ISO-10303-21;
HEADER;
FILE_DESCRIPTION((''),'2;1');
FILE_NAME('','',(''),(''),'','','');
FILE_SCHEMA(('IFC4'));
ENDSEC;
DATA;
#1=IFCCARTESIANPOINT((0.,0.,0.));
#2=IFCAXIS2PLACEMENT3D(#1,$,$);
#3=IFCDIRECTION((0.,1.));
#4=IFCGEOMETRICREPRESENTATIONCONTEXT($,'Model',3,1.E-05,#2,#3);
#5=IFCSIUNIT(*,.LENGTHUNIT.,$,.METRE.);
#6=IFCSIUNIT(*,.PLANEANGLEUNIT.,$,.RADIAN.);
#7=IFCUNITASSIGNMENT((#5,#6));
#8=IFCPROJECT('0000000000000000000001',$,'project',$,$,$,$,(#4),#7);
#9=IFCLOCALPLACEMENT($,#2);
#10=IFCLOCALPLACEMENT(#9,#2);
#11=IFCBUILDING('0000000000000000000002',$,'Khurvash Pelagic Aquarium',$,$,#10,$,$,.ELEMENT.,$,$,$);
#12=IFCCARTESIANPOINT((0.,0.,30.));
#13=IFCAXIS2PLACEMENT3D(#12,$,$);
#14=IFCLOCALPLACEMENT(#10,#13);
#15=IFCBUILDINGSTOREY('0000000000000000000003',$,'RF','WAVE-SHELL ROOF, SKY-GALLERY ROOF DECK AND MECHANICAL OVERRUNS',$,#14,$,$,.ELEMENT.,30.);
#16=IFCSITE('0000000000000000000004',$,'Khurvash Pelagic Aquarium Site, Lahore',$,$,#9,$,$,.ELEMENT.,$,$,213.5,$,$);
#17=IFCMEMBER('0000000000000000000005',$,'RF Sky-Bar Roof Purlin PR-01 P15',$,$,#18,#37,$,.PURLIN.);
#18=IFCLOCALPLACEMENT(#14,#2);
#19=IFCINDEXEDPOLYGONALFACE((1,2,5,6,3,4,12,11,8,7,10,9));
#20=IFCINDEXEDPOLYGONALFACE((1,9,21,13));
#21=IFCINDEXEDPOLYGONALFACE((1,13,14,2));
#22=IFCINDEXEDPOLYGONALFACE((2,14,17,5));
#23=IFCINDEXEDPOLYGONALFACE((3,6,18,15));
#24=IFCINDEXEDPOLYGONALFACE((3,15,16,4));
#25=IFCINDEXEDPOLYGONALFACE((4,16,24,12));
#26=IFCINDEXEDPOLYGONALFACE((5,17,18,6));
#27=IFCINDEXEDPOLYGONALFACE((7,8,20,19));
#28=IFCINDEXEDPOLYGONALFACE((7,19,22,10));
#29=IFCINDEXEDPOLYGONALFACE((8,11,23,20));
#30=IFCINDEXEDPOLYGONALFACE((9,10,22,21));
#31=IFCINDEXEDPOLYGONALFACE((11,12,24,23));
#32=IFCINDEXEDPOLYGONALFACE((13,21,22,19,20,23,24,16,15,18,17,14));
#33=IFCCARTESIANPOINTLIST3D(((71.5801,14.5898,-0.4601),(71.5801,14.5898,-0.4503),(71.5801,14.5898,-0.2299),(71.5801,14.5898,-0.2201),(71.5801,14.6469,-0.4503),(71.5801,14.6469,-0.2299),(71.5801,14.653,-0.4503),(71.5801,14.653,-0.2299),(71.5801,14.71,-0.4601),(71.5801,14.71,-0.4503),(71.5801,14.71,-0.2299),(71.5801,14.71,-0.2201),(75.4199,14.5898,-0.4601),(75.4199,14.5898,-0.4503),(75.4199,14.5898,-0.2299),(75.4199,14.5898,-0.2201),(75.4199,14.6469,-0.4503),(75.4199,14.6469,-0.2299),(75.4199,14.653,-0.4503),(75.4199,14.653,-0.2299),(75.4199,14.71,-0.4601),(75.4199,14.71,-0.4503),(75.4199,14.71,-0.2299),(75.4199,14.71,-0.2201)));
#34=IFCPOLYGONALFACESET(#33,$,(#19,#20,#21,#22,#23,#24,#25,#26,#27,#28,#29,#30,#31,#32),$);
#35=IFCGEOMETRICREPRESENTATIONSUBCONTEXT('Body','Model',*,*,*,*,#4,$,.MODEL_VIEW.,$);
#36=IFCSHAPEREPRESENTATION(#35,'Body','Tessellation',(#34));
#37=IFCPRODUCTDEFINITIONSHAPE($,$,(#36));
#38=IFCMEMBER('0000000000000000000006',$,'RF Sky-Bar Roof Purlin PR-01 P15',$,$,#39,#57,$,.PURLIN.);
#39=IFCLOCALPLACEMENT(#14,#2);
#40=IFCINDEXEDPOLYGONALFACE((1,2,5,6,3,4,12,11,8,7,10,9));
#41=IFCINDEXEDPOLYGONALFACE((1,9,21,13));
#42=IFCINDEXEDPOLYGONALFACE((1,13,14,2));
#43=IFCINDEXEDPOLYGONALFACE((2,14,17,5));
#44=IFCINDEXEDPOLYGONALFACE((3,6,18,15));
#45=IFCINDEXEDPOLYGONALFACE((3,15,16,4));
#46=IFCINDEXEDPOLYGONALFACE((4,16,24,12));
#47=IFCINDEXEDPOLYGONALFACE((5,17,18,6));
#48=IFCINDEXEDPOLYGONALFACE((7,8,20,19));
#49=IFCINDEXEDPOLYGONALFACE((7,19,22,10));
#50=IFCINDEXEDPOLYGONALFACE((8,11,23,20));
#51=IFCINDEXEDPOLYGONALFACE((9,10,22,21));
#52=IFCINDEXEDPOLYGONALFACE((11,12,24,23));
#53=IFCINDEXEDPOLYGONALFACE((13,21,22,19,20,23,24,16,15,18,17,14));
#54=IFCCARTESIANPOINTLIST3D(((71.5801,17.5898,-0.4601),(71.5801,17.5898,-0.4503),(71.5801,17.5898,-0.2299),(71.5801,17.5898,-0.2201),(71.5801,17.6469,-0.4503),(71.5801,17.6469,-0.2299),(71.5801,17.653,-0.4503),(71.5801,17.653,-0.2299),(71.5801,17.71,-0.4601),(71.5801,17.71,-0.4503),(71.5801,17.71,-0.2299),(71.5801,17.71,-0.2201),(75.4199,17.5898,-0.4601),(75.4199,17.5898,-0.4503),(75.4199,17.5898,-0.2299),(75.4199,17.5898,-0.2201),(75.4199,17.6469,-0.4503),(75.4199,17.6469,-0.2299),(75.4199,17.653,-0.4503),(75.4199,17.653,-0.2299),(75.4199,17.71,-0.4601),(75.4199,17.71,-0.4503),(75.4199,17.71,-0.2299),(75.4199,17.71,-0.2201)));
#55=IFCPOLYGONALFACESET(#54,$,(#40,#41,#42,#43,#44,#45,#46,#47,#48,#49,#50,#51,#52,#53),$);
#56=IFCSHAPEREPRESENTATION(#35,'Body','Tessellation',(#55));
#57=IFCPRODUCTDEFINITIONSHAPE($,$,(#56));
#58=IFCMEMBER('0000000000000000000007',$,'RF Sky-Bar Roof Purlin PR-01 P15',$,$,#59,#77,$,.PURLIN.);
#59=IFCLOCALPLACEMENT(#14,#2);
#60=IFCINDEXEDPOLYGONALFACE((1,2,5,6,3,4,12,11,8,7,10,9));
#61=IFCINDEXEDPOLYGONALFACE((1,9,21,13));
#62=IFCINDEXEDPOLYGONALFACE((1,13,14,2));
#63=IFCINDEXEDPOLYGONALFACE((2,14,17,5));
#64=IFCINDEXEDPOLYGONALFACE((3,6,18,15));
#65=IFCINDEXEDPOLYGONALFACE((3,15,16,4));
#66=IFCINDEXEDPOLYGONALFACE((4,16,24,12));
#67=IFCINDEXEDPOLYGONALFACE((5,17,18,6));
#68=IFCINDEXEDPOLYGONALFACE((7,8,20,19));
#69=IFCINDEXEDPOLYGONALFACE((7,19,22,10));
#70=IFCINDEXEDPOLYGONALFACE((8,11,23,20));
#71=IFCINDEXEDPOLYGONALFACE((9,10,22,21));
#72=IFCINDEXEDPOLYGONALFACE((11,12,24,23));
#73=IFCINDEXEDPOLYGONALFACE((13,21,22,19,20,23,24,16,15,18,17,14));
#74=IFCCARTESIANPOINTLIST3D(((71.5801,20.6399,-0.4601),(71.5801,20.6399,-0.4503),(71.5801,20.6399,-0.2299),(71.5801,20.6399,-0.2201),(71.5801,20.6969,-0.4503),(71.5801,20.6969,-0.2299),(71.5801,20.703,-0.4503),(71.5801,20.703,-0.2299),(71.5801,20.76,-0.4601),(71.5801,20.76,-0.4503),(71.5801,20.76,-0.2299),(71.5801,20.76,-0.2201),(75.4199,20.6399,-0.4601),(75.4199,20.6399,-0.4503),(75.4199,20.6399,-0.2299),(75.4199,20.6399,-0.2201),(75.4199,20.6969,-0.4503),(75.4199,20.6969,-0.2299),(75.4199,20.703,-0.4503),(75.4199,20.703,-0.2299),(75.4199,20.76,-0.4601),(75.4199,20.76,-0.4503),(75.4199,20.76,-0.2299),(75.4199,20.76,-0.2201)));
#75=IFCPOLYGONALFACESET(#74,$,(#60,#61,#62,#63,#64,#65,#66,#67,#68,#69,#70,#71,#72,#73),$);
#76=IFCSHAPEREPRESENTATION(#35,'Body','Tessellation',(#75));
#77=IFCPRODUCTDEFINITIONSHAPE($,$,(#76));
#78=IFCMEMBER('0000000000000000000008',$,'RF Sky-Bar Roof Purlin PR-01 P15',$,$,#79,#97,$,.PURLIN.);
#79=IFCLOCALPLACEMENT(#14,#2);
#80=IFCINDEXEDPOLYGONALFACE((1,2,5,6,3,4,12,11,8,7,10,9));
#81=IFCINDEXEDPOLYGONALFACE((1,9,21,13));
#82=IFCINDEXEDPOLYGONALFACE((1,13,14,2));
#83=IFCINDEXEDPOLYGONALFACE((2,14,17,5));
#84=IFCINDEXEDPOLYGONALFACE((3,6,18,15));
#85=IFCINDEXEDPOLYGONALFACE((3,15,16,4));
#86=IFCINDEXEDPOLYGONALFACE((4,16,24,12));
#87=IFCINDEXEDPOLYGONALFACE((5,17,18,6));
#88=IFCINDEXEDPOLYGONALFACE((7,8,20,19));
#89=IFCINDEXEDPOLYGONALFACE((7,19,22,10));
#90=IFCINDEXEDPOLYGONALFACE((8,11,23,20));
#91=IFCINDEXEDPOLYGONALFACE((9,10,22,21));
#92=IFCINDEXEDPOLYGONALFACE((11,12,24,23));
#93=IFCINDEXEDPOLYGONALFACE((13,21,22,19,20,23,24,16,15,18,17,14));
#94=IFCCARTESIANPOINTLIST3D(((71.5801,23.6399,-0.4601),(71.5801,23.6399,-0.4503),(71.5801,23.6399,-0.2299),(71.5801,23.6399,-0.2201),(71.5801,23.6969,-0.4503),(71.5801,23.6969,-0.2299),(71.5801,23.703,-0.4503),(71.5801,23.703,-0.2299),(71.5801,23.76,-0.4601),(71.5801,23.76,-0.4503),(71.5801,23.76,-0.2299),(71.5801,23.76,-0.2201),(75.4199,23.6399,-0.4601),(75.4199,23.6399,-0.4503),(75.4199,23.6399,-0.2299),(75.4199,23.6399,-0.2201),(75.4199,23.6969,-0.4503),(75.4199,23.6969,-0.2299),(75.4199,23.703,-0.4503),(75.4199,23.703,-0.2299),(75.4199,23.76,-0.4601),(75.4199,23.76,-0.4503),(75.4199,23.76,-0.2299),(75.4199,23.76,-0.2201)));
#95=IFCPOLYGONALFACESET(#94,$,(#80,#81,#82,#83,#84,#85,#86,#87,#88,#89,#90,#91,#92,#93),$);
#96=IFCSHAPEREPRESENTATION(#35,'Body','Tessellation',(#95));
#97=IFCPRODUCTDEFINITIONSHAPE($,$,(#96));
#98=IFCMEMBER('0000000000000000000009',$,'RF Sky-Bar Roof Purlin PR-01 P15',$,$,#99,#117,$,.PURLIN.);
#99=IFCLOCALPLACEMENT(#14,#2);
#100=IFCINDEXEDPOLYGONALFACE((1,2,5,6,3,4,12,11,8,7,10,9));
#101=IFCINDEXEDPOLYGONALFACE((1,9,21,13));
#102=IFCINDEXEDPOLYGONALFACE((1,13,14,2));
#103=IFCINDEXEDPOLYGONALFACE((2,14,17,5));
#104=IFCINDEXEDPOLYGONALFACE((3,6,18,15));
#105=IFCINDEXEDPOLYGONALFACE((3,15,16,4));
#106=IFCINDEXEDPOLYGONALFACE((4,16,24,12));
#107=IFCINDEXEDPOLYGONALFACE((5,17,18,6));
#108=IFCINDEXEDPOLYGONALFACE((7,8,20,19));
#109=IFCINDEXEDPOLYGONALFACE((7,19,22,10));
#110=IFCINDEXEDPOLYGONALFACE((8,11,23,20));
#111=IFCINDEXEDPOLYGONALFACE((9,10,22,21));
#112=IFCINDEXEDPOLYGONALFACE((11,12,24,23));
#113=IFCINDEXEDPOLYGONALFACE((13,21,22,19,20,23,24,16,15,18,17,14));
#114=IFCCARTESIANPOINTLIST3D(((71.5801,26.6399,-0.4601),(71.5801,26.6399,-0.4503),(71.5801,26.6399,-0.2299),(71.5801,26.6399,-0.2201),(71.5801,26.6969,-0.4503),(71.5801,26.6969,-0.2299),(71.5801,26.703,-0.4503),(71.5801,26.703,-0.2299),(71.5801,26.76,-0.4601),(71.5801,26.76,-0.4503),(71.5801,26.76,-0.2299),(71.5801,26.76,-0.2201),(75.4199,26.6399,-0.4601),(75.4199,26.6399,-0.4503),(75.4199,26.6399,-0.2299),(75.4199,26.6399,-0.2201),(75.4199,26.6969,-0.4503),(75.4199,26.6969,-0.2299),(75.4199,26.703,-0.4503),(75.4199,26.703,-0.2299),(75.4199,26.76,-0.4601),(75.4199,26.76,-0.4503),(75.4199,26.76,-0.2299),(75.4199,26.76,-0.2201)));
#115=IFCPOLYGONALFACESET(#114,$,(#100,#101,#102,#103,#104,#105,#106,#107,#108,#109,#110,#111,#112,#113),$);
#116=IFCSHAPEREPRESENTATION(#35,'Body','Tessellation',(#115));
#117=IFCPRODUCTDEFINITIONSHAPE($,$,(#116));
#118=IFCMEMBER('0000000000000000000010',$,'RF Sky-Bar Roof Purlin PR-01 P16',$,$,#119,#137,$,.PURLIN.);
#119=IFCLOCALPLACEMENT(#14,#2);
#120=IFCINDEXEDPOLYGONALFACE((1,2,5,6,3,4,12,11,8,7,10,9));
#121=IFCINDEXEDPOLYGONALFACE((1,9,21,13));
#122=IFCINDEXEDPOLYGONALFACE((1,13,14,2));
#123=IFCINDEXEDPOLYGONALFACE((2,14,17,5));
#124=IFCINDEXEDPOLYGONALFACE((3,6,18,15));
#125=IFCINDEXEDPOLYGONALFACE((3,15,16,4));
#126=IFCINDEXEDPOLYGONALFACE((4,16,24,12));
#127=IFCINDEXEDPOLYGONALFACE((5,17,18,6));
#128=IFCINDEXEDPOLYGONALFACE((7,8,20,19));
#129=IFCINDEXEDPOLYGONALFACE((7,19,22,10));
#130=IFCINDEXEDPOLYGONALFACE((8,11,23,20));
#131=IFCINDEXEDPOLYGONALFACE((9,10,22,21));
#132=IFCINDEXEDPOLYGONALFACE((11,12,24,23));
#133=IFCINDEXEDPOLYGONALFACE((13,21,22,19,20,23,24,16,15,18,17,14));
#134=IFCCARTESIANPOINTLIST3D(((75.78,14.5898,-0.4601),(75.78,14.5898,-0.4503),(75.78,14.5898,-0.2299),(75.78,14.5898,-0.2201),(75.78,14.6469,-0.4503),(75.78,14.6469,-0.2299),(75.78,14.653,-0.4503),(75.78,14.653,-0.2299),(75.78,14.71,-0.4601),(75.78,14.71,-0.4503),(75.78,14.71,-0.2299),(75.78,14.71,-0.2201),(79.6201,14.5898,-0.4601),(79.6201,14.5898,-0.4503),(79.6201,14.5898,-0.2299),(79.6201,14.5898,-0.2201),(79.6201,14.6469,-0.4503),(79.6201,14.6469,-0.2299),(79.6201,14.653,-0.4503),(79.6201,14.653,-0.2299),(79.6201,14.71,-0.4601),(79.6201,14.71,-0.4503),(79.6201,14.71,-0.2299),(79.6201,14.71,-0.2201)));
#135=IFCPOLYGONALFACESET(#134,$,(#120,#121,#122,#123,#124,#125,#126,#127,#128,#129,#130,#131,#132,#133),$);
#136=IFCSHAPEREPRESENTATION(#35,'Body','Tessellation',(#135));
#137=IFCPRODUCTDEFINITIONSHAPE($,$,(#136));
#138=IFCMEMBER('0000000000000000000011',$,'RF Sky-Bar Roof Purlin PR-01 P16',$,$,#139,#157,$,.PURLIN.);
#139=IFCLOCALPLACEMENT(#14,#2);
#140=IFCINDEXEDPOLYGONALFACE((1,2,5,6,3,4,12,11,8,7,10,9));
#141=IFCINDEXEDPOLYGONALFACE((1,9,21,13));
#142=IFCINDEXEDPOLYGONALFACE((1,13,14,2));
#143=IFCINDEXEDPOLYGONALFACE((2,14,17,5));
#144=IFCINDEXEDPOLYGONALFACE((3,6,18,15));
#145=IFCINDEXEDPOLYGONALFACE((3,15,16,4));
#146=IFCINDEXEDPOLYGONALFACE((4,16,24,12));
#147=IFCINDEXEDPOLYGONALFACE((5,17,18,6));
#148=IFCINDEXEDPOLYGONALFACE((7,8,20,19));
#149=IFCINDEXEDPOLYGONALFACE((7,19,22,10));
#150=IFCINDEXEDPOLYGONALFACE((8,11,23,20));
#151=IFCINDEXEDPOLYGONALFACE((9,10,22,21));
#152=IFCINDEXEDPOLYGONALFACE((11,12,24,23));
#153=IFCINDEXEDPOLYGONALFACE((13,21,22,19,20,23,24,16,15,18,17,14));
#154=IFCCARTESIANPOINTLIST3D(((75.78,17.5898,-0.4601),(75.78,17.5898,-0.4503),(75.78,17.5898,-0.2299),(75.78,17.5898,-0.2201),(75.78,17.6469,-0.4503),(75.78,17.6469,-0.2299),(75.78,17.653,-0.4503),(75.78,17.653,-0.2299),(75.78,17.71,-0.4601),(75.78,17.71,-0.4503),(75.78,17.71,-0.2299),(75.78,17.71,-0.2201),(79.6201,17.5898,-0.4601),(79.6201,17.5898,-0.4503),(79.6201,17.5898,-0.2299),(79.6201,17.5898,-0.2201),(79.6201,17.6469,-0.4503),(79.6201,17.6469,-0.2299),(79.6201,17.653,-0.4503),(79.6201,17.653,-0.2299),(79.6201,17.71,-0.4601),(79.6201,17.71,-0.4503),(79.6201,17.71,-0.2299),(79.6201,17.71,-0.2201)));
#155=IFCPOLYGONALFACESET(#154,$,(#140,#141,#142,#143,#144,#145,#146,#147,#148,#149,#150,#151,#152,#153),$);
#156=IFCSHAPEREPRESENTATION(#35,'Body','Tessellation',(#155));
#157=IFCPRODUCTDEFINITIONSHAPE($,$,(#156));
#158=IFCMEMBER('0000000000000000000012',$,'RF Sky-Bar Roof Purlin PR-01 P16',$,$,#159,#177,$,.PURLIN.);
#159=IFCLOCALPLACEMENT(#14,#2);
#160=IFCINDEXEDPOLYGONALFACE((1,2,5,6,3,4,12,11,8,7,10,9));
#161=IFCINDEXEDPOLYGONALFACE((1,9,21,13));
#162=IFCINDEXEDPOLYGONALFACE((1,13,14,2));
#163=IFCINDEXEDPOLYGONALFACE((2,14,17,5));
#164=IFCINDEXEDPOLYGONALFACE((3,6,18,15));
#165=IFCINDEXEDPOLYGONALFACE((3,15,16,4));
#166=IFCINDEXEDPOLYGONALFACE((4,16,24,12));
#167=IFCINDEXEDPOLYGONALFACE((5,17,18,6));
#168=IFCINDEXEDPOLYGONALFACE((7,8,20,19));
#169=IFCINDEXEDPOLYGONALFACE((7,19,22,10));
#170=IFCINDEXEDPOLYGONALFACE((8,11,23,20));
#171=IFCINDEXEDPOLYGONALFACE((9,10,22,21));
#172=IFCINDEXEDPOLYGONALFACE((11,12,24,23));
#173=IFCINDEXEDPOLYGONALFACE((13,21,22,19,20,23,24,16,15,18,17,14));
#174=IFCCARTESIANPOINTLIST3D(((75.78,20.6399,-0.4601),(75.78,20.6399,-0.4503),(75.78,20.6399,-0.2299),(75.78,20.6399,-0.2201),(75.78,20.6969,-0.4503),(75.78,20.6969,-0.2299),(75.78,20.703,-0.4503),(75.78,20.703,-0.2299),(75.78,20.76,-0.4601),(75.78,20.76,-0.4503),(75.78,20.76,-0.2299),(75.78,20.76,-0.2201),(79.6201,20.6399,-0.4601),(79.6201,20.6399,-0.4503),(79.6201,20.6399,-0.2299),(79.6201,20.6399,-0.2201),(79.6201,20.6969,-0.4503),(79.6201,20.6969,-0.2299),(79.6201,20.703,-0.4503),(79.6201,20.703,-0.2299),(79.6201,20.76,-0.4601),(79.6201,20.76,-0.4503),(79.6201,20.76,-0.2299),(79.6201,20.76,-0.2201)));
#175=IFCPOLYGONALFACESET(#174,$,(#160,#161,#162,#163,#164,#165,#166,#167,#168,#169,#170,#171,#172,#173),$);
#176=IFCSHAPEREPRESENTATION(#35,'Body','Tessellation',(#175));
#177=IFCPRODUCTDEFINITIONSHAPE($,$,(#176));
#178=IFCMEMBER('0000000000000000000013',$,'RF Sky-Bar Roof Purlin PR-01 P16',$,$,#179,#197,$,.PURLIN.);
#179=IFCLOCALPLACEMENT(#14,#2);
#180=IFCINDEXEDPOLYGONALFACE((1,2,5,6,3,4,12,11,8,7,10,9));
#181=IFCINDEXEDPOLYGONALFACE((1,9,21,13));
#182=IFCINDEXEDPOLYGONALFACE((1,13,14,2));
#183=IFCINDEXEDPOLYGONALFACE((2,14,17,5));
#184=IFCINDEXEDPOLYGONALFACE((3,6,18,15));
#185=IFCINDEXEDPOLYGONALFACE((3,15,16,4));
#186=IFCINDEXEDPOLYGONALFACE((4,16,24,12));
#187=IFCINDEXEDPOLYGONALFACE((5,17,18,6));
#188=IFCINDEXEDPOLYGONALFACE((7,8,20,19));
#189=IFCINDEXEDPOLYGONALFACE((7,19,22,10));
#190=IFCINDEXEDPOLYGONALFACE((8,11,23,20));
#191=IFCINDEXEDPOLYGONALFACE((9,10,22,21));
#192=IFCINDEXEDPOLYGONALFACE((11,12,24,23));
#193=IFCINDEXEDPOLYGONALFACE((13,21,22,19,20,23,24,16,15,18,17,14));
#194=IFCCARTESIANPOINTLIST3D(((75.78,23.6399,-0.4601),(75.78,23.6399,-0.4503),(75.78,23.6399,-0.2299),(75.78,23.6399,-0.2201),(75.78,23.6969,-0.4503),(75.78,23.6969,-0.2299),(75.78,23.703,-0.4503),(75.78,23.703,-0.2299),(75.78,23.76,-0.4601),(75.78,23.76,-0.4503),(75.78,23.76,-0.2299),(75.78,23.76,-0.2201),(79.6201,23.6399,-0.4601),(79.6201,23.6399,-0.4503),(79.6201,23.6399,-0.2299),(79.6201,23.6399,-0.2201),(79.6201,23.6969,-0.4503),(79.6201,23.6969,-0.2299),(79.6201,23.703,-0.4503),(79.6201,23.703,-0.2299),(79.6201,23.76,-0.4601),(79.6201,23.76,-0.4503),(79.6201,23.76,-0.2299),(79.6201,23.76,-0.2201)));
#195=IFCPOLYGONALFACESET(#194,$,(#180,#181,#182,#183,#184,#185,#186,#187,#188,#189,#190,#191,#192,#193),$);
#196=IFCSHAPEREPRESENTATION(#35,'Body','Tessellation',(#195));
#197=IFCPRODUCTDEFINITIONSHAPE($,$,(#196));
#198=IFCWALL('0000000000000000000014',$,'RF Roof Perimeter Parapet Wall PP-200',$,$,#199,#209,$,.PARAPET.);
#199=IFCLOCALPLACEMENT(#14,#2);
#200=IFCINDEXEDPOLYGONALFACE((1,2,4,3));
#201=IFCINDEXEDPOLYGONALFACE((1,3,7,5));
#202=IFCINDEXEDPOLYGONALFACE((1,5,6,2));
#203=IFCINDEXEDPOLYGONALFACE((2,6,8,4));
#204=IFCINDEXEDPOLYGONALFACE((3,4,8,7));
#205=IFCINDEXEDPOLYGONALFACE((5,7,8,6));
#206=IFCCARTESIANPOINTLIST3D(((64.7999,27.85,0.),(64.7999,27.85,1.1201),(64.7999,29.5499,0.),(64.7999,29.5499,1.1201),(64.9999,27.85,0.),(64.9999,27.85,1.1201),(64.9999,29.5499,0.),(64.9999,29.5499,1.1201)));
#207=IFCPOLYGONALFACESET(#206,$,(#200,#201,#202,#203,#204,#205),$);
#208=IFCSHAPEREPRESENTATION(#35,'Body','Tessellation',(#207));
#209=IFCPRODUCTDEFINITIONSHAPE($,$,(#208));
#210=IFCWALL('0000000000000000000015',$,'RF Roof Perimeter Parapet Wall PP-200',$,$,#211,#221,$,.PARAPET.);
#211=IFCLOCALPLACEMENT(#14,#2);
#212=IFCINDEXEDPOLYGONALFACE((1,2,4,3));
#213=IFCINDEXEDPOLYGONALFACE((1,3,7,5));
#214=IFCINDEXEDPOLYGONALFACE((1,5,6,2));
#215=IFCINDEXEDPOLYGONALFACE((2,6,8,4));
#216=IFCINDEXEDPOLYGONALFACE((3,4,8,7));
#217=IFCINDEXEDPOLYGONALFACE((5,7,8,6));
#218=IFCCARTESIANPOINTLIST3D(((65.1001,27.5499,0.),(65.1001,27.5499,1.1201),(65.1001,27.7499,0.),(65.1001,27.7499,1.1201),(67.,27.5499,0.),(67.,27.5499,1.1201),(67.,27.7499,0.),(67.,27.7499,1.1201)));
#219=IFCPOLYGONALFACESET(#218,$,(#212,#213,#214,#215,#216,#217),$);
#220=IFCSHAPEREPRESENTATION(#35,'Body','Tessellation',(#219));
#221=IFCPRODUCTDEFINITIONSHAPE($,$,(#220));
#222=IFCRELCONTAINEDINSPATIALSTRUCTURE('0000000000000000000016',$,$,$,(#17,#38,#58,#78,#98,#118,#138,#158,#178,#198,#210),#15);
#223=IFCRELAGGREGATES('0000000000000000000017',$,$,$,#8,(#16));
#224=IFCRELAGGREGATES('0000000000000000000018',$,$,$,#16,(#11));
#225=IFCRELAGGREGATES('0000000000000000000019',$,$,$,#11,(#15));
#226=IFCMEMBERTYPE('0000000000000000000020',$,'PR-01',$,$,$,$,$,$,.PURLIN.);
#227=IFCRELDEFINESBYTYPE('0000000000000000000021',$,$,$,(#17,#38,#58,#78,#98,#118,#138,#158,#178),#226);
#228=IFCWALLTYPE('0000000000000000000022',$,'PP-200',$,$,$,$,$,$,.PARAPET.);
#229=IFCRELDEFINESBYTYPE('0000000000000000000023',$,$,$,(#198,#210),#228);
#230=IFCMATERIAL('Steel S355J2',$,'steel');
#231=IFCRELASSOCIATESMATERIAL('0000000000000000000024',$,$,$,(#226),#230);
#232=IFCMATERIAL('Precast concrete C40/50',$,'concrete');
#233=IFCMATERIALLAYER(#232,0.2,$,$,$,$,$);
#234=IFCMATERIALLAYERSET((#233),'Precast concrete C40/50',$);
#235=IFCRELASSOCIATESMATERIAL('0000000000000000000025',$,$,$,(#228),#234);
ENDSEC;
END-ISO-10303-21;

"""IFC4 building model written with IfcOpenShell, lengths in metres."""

from ifc_helpers import new_model, si_unit, direction, frame, frame_2d, origin, origin_2d, place, context, subcontext, project, spatial, rectangle, i_section, extrude, material, layer, layer_set, material_profile, profile_set, type_object, element, save


model = new_model("IFC4")

# Units and contexts
model_context = context("Model", 3, precision=1e-05, world=origin(), true_north=direction((0.0, 1.0)))
body_context = subcontext(model_context, "Body", "Model", "MODEL_VIEW")
ifc_project = project(units=[si_unit("LENGTHUNIT", "METRE"), si_unit("PLANEANGLEUNIT", "RADIAN")], contexts=[model_context])

# Site, building, storey
site_placement = place(None, origin())
site = spatial("IfcSite", under=ifc_project, at=site_placement, Name="Khurvash Pelagic Aquarium Site, Lahore", CompositionType="ELEMENT", RefElevation=213.5)
building_placement = place(site_placement, origin())
building = spatial("IfcBuilding", under=site, at=building_placement, Name="Khurvash Pelagic Aquarium", CompositionType="ELEMENT")
storey_placement = place(building_placement, frame((0.0, 0.0, 30.0)))
storey = spatial("IfcBuildingStorey", under=building, at=storey_placement, Name="RF", Description="WAVE-SHELL ROOF, SKY-GALLERY ROOF DECK AND MECHANICAL OVERRUNS", CompositionType="ELEMENT", Elevation=30.0)

# Members
ifc_material_1 = material(Name="Steel S355J2", Category="steel")
ifc_material_profile_1 = material_profile(ifc_material_1, i_section(OverallWidth=0.1201, OverallDepth=0.24, WebThickness=0.0061, FlangeThickness=0.0098, at=origin_2d()), Name="IPE240")
ifc_profile_set_1 = profile_set([ifc_material_profile_1], Name="Steel S355J2")
member_type = type_object("IfcMemberType", Name="PR-01", PredefinedType="PURLIN", material=ifc_profile_set_1)
for number, where, z_axis, x_axis, name in (
    (1, (71.5801, 14.6499, -0.3401), (1.0, 0.0, 0.0), (0.0, 1.0, 0.0), "RF Sky-Bar Roof Purlin PR-01 P15"),
    (2, (71.5801, 17.6499, -0.3401), (1.0, 0.0, 0.0), (0.0, 1.0, 0.0), "RF Sky-Bar Roof Purlin PR-01 P15"),
    (3, (71.5801, 20.7, -0.3401), (1.0, 0.0, 0.0), (0.0, 1.0, 0.0), "RF Sky-Bar Roof Purlin PR-01 P15"),
    (4, (71.5801, 23.7, -0.3401), (1.0, 0.0, 0.0), (0.0, 1.0, 0.0), "RF Sky-Bar Roof Purlin PR-01 P15"),
    (5, (71.5801, 26.7, -0.3401), (1.0, 0.0, 0.0), (0.0, 1.0, 0.0), "RF Sky-Bar Roof Purlin PR-01 P15"),
):
    element("IfcMember", number, at=place(storey_placement, frame(where, z_axis=z_axis, x_axis=x_axis)), inside=storey, type_object=member_type, Name=name, PredefinedType="PURLIN", context=body_context, shape_type="SweptSolid", body=[
        extrude(i_section(OverallWidth=0.1201, OverallDepth=0.24, WebThickness=0.0061, FlangeThickness=0.0098, at=origin_2d()), origin(), (0.0, 0.0, 1.0), 3.8398),
    ])
for number, where, z_axis, x_axis, name in (
    (6, (75.78, 14.6499, -0.3401), (1.0, 0.0, 0.0), (0.0, 1.0, 0.0), "RF Sky-Bar Roof Purlin PR-01 P16"),
    (7, (75.78, 17.6499, -0.3401), (1.0, 0.0, 0.0), (0.0, 1.0, 0.0), "RF Sky-Bar Roof Purlin PR-01 P16"),
    (8, (75.78, 20.7, -0.3401), (1.0, 0.0, 0.0), (0.0, 1.0, 0.0), "RF Sky-Bar Roof Purlin PR-01 P16"),
    (9, (75.78, 23.7, -0.3401), (1.0, 0.0, 0.0), (0.0, 1.0, 0.0), "RF Sky-Bar Roof Purlin PR-01 P16"),
):
    element("IfcMember", number, at=place(storey_placement, frame(where, z_axis=z_axis, x_axis=x_axis)), inside=storey, type_object=member_type, Name=name, PredefinedType="PURLIN", context=body_context, shape_type="SweptSolid", body=[
        extrude(i_section(OverallWidth=0.1201, OverallDepth=0.24, WebThickness=0.0061, FlangeThickness=0.0098, at=origin_2d()), origin(), (0.0, 0.0, 1.0), 3.8401),
    ])

# Walls
ifc_material_2 = material(Name="Precast concrete C40/50", Category="concrete")
ifc_layer = layer(ifc_material_2, 0.2)
ifc_layer_set = layer_set([ifc_layer], Name="Precast concrete C40/50")
wall_type = type_object("IfcWallType", Name="PP-200", PredefinedType="PARAPET", material=ifc_layer_set)
wall_1_placement = place(storey_placement, frame((64.8999, 29.55, 0.0), z_axis=(0.0, 0.0, 1.0), x_axis=(0.0, -1.0, 0.0)))
element("IfcWall", 10, at=wall_1_placement, inside=storey, type_object=wall_type, Name="RF Roof Perimeter Parapet Wall PP-200", PredefinedType="PARAPET", context=body_context, shape_type="SweptSolid", body=[
    extrude(rectangle(XDim=1.7, YDim=0.2, at=frame_2d((0.8501, 0.0))), origin(), (0.0, 0.0, 1.0), 1.1201),
])
wall_2_placement = place(storey_placement, frame((65.1001, 27.6499, 0.0), z_axis=(0.0, 0.0, 1.0), x_axis=(1.0, 0.0, 0.0)))
element("IfcWall", 11, at=wall_2_placement, inside=storey, type_object=wall_type, Name="RF Roof Perimeter Parapet Wall PP-200", PredefinedType="PARAPET", context=body_context, shape_type="SweptSolid", body=[
    extrude(rectangle(XDim=1.8999, YDim=0.2, at=frame_2d((0.95, 0.0))), origin(), (0.0, 0.0, 1.0), 1.1201),
])

save(model, "model.ifc")
